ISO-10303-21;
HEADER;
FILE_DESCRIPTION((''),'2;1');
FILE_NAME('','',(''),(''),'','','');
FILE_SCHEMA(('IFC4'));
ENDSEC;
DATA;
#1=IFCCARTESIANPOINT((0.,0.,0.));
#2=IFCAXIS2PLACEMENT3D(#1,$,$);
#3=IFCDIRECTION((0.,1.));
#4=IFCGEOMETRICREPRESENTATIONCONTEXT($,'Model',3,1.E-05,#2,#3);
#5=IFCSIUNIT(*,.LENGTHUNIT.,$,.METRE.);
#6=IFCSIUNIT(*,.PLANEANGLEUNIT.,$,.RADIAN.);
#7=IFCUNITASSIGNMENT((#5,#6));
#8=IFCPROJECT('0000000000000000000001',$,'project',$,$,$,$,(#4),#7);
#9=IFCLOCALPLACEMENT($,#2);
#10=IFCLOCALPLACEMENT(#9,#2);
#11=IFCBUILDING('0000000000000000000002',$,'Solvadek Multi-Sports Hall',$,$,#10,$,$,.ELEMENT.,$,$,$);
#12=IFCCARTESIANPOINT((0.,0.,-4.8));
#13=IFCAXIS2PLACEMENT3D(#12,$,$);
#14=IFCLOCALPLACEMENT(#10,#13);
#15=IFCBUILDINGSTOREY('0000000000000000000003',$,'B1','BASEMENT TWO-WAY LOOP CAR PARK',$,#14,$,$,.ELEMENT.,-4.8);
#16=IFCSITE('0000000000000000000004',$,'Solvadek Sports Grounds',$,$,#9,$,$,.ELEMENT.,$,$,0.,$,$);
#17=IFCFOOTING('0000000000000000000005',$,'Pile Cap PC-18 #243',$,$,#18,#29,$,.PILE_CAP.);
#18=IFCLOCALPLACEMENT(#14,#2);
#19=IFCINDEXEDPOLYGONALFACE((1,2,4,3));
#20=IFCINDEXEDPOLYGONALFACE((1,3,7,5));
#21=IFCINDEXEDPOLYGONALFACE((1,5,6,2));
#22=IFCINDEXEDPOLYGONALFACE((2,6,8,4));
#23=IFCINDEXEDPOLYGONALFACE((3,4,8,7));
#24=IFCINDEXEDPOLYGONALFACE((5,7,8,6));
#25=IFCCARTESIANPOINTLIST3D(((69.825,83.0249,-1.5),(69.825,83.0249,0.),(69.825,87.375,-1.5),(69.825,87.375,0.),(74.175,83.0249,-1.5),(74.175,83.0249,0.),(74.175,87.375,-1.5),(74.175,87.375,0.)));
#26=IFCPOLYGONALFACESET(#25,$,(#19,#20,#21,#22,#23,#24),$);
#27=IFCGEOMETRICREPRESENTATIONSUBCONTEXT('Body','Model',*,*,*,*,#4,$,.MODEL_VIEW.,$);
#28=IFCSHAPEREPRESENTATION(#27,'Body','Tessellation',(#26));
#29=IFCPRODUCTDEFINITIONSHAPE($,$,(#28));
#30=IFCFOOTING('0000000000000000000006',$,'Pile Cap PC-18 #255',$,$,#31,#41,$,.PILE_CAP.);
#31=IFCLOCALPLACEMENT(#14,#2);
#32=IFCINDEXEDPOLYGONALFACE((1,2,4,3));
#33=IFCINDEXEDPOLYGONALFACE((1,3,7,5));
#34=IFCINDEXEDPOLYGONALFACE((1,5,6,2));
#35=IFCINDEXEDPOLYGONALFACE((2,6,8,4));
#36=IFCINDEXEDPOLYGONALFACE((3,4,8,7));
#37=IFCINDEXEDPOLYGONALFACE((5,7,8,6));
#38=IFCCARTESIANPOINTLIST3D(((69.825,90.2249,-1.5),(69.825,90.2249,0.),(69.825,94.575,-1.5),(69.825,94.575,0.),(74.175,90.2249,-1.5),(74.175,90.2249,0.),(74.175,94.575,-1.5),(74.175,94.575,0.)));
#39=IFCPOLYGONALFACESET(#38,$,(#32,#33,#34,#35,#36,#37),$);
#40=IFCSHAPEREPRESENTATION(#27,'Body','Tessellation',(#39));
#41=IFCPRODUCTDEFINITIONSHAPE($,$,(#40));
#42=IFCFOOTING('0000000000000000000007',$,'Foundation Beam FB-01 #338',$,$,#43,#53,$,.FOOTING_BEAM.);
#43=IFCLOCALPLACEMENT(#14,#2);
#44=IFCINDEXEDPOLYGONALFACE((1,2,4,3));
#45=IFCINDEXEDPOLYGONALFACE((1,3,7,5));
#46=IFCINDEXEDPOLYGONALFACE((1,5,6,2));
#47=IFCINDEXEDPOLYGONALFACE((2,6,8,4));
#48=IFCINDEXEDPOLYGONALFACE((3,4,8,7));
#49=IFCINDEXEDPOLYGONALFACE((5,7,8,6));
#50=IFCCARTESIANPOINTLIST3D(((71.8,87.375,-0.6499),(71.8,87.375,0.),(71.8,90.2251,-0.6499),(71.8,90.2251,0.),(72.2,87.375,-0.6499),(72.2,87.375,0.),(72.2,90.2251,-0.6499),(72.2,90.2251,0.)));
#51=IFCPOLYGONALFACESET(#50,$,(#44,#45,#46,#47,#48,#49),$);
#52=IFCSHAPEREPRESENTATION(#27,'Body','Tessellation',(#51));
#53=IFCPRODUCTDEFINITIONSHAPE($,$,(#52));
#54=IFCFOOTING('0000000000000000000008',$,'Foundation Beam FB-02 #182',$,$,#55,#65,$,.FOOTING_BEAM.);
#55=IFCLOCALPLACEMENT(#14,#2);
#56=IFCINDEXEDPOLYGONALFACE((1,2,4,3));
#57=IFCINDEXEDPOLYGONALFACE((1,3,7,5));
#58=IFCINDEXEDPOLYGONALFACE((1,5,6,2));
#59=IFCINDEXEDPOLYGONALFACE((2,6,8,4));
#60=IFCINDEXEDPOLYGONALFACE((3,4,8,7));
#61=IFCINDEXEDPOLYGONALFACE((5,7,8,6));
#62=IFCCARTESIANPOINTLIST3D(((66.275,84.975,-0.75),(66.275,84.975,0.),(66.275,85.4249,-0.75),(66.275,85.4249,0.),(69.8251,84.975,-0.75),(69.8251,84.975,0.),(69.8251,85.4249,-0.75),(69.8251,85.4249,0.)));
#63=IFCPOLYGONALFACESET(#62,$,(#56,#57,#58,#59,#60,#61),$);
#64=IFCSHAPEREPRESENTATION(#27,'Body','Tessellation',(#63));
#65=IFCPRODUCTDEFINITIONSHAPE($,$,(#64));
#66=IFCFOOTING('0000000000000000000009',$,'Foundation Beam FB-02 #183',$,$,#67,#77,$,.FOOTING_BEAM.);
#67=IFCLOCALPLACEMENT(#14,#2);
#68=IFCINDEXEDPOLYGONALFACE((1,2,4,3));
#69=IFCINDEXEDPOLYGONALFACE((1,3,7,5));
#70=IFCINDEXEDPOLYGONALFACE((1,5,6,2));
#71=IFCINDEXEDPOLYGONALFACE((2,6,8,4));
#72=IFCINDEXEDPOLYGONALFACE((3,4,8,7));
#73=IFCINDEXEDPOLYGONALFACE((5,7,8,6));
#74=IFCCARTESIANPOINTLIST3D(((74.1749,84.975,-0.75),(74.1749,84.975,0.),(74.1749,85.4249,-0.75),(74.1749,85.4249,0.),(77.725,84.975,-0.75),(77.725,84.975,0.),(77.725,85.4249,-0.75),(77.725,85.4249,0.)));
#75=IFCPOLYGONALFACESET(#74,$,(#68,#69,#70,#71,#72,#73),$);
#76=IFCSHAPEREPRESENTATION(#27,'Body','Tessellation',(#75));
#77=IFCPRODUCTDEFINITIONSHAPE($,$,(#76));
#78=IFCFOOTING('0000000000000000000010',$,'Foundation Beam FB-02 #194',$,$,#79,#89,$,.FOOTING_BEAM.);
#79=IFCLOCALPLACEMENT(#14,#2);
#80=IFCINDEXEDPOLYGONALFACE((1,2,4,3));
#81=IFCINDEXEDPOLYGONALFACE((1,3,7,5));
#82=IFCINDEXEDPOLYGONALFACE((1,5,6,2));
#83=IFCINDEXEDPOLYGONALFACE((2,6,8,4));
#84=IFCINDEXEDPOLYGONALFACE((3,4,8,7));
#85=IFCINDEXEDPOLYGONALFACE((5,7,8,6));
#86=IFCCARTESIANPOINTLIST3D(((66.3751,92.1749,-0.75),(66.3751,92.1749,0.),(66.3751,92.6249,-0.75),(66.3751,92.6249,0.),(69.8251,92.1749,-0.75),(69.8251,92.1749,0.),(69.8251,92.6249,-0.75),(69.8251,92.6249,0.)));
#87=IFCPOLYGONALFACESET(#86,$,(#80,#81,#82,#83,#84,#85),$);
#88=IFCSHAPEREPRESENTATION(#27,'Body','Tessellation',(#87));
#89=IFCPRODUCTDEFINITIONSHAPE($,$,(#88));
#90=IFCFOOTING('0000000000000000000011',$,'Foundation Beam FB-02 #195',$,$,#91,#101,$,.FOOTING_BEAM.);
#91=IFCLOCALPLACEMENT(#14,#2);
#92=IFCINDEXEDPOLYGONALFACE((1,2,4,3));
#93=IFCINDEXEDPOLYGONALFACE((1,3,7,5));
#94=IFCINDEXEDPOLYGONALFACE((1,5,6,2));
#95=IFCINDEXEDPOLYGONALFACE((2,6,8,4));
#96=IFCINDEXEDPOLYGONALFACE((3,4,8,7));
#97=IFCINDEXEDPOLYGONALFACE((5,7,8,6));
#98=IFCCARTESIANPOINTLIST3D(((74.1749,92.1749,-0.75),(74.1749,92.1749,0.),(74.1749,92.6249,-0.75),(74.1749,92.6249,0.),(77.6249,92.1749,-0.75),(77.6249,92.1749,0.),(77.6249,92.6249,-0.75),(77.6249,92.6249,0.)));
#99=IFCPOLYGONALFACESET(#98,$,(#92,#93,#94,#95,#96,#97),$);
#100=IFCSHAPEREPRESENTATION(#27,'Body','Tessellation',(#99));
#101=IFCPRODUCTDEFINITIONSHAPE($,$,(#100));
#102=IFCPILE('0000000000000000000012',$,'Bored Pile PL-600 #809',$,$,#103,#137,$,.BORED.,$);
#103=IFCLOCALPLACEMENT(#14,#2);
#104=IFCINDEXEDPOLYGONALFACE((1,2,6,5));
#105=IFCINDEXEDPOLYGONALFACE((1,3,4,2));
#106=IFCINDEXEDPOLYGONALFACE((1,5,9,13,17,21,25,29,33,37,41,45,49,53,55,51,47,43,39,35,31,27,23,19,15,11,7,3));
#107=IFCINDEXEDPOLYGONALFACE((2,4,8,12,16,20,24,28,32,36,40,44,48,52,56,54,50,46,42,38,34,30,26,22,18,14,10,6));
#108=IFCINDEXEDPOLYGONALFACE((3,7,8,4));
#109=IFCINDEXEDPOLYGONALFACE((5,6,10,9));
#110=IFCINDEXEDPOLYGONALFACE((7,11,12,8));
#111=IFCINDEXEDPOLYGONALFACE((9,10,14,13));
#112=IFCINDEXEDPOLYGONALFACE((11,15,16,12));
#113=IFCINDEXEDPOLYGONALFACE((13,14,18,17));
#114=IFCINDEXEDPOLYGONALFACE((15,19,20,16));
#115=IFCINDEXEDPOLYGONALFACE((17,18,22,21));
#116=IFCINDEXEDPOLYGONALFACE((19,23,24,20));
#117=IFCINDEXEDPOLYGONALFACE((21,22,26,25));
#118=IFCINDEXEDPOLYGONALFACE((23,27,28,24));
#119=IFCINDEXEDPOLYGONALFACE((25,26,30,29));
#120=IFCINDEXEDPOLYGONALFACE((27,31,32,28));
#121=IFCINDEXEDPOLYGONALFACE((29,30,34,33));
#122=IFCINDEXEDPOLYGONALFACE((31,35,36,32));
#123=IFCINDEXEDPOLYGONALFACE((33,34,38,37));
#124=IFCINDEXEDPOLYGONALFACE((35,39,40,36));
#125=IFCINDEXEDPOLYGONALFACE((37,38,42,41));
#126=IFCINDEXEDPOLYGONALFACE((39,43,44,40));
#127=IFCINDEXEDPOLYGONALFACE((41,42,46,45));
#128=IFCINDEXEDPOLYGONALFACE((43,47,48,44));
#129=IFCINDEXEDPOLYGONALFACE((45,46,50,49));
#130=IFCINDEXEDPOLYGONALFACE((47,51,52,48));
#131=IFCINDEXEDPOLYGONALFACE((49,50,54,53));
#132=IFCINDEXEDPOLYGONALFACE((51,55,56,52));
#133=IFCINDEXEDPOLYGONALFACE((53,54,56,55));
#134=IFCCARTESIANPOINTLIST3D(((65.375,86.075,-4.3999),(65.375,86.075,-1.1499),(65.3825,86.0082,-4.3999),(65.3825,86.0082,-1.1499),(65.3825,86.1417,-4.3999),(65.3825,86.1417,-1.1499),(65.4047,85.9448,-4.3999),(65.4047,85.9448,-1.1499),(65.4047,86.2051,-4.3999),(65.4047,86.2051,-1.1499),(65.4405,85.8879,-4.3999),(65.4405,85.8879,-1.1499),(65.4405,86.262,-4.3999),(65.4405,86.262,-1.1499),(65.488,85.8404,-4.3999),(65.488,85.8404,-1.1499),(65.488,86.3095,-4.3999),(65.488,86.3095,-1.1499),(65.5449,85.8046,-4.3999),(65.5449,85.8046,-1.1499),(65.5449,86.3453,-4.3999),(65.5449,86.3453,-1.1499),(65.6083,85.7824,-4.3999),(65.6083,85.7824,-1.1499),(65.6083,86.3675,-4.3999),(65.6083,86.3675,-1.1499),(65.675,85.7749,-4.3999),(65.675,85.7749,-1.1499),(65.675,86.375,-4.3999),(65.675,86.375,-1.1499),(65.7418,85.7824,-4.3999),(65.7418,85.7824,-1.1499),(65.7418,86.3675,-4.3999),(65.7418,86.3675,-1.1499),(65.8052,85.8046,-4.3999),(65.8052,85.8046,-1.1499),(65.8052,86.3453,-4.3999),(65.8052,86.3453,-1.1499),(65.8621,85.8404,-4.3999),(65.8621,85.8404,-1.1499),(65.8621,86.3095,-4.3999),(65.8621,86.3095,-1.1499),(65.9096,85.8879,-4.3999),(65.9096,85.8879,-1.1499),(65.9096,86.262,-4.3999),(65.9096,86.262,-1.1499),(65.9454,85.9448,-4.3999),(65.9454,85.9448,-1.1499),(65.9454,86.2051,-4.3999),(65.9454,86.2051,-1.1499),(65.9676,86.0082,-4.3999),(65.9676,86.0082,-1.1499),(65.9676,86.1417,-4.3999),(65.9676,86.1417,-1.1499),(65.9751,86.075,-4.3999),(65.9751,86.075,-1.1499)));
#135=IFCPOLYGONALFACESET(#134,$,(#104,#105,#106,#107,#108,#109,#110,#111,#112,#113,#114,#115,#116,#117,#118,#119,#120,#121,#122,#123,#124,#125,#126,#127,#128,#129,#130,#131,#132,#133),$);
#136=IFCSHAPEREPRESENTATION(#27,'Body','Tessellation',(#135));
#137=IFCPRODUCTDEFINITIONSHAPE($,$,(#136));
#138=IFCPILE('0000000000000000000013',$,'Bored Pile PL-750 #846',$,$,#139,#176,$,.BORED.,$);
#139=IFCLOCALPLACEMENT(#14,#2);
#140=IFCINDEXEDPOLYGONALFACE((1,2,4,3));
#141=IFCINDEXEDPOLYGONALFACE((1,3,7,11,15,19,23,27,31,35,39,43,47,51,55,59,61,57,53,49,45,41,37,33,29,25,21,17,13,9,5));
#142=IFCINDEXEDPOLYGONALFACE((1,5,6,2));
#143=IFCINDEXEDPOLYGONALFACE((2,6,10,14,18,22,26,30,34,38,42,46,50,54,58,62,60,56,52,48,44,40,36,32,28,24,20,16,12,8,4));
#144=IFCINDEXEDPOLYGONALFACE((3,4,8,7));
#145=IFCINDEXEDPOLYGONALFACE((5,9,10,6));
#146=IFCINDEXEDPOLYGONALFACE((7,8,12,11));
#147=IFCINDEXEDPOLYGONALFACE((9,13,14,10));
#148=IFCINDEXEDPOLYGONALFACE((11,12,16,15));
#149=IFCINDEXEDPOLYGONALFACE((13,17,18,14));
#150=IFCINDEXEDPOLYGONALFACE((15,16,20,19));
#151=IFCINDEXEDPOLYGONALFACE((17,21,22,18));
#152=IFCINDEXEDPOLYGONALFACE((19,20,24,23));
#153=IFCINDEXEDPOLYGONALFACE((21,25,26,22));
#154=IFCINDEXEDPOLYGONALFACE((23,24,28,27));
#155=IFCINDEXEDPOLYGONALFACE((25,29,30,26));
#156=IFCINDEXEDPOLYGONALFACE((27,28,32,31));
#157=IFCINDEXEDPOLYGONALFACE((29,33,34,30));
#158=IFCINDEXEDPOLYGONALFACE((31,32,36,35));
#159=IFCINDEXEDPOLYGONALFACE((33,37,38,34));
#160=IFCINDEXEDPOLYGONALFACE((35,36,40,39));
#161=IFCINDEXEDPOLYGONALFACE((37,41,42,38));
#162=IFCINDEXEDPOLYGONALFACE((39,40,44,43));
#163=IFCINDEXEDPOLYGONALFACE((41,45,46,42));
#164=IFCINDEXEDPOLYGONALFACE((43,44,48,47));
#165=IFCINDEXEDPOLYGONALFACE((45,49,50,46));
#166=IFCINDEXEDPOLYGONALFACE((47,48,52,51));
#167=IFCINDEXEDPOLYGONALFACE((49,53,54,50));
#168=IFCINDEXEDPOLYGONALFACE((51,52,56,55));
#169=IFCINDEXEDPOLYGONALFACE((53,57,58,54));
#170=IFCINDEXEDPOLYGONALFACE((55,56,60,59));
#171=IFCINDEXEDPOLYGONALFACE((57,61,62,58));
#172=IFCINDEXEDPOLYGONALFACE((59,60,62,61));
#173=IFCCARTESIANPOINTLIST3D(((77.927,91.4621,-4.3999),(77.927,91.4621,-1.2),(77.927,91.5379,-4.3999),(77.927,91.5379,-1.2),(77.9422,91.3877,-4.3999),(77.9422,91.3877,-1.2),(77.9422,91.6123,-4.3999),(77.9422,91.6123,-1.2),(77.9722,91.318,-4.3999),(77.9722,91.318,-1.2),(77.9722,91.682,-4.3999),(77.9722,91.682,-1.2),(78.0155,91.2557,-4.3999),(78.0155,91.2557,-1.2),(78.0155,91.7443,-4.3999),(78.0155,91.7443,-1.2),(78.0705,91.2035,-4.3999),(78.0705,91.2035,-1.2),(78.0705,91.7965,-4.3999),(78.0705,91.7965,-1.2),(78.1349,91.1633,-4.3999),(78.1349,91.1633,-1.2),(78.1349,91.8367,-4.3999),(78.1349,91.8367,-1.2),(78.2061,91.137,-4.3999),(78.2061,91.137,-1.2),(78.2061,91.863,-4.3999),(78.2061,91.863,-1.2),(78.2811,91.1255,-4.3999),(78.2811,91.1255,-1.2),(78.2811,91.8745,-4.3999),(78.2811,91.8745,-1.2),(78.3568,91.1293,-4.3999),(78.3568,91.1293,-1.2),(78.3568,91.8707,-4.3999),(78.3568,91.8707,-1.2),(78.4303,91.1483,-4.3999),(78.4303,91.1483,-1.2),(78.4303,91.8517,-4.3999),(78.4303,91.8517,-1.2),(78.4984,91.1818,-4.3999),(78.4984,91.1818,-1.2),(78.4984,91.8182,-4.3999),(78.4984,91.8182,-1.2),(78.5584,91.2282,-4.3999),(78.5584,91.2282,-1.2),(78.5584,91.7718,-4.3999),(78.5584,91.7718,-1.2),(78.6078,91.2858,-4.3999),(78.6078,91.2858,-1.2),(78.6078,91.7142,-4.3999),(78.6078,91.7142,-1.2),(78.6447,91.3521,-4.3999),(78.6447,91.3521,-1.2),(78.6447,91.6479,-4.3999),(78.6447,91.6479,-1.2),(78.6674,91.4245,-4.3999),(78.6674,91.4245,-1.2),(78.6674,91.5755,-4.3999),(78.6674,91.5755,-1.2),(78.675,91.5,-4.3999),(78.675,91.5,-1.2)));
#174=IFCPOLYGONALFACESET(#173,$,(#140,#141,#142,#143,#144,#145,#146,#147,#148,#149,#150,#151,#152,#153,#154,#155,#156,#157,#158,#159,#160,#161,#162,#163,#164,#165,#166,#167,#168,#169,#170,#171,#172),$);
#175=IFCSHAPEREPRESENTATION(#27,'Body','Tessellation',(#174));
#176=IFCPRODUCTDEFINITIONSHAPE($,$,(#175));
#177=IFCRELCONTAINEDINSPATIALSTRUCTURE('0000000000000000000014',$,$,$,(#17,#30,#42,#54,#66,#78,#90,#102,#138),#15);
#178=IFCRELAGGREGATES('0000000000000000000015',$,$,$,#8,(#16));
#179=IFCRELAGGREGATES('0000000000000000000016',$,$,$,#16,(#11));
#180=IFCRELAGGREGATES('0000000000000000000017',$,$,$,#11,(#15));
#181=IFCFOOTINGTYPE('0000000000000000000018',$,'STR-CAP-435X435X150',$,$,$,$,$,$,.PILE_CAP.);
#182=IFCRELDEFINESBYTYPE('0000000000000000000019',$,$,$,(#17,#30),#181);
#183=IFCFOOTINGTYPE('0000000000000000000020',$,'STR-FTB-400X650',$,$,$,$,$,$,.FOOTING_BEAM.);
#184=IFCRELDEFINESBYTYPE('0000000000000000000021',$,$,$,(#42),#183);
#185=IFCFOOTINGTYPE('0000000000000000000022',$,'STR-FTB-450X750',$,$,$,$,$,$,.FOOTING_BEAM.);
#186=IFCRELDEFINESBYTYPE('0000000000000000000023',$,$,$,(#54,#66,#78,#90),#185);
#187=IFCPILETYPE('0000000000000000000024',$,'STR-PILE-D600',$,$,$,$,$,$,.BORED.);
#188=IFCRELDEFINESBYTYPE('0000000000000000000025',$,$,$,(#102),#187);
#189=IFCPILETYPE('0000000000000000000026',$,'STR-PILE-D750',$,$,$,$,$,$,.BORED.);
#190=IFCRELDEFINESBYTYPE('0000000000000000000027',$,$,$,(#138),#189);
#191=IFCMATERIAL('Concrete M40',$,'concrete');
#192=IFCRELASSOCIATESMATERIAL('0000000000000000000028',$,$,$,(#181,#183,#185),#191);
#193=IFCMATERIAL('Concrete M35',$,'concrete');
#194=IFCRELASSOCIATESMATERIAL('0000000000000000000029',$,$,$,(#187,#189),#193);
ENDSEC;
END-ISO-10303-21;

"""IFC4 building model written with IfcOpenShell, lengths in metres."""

from ifc_helpers import new_model, si_unit, direction, frame, origin, origin_2d, place, context, subcontext, project, spatial, rectangle, circle, extrude, material, material_profile, profile_set, type_object, element, save


model = new_model("IFC4")

# Units and contexts
model_context = context("Model", 3, precision=1e-05, world=origin(), true_north=direction((0.0, 1.0)))
body_context = subcontext(model_context, "Body", "Model", "MODEL_VIEW")
ifc_project = project(units=[si_unit("LENGTHUNIT", "METRE"), si_unit("PLANEANGLEUNIT", "RADIAN")], contexts=[model_context])

# Site, building, storey
site_placement = place(None, origin())
site = spatial("IfcSite", under=ifc_project, at=site_placement, Name="Solvadek Sports Grounds", CompositionType="ELEMENT", RefElevation=0.0)
building_placement = place(site_placement, origin())
building = spatial("IfcBuilding", under=site, at=building_placement, Name="Solvadek Multi-Sports Hall", CompositionType="ELEMENT")
storey_placement = place(building_placement, frame((0.0, 0.0, -4.8)))
storey = spatial("IfcBuildingStorey", under=building, at=storey_placement, Name="B1", Description="BASEMENT TWO-WAY LOOP CAR PARK", CompositionType="ELEMENT", Elevation=-4.8)

# Footings
ifc_material_1 = material(Name="Concrete M40", Category="concrete")
footing_type_1 = type_object("IfcFootingType", Name="STR-CAP-435X435X150", PredefinedType="PILE_CAP", material=ifc_material_1)
for number, where, z_axis, x_axis, name in (
    (1, (72.0, 85.2, -1.5), (0.0, 0.0, 1.0), (1.0, 0.0, 0.0), "Pile Cap PC-18 #243"),
    (2, (72.0, 92.3999, -1.5), (0.0, 0.0, 1.0), (1.0, 0.0, 0.0), "Pile Cap PC-18 #255"),
):
    element("IfcFooting", number, at=place(storey_placement, frame(where, z_axis=z_axis, x_axis=x_axis)), inside=storey, type_object=footing_type_1, Name=name, PredefinedType="PILE_CAP", context=body_context, shape_type="SweptSolid", body=[
        extrude(rectangle(XDim=4.3501, YDim=4.3501, at=origin_2d()), origin(), (0.0, 0.0, 1.0), 1.5),
    ])
footing_type_2 = type_object("IfcFootingType", Name="STR-FTB-400X650", PredefinedType="FOOTING_BEAM", material=ifc_material_1)
footing_placement = place(storey_placement, frame((72.0, 88.8, -0.6499), z_axis=(0.0, 0.0, 1.0), x_axis=(0.0, 1.0, 0.0)))
element("IfcFooting", 3, at=footing_placement, inside=storey, type_object=footing_type_2, Name="Foundation Beam FB-01 #338", PredefinedType="FOOTING_BEAM", context=body_context, shape_type="SweptSolid", body=[
    extrude(rectangle(XDim=2.8501, YDim=0.3999, at=origin_2d()), origin(), (0.0, 0.0, 1.0), 0.6499),
])
footing_type_3 = type_object("IfcFootingType", Name="STR-FTB-450X750", PredefinedType="FOOTING_BEAM", material=ifc_material_1)
for number, where, z_axis, x_axis, name in (
    (4, (68.05, 85.2, -0.75), (0.0, 0.0, 1.0), (1.0, 0.0, 0.0), "Foundation Beam FB-02 #182"),
    (5, (75.95, 85.2, -0.75), (0.0, 0.0, 1.0), (1.0, 0.0, 0.0), "Foundation Beam FB-02 #183"),
):
    element("IfcFooting", number, at=place(storey_placement, frame(where, z_axis=z_axis, x_axis=x_axis)), inside=storey, type_object=footing_type_3, Name=name, PredefinedType="FOOTING_BEAM", context=body_context, shape_type="SweptSolid", body=[
        extrude(rectangle(XDim=3.55, YDim=0.45, at=origin_2d()), origin(), (0.0, 0.0, 1.0), 0.75),
    ])
for number, where, z_axis, x_axis, name in (
    (6, (68.1001, 92.3999, -0.75), (0.0, 0.0, 1.0), (1.0, 0.0, 0.0), "Foundation Beam FB-02 #194"),
    (7, (75.8999, 92.3999, -0.75), (0.0, 0.0, 1.0), (1.0, 0.0, 0.0), "Foundation Beam FB-02 #195"),
):
    element("IfcFooting", number, at=place(storey_placement, frame(where, z_axis=z_axis, x_axis=x_axis)), inside=storey, type_object=footing_type_3, Name=name, PredefinedType="FOOTING_BEAM", context=body_context, shape_type="SweptSolid", body=[
        extrude(rectangle(XDim=3.45, YDim=0.45, at=origin_2d()), origin(), (0.0, 0.0, 1.0), 0.75),
    ])

# Piles
ifc_material_2 = material(Name="Concrete M35", Category="concrete")
ifc_material_profile_1 = material_profile(ifc_material_2, circle(Radius=0.3, at=origin_2d()), Name="BORED PILE D600")
ifc_profile_set_1 = profile_set([ifc_material_profile_1], Name="Concrete M35")
pile_type_1 = type_object("IfcPileType", Name="STR-PILE-D600", PredefinedType="BORED", material=ifc_profile_set_1)
pile_1_placement = place(storey_placement, frame((65.675, 86.075, -1.1499), z_axis=(0.0, 0.0, -1.0), x_axis=(1.0, 0.0, 0.0)))
element("IfcPile", 8, at=pile_1_placement, inside=storey, type_object=pile_type_1, Name="Bored Pile PL-600 #809", PredefinedType="BORED", context=body_context, shape_type="SweptSolid", body=[
    extrude(circle(Radius=0.3, at=origin_2d()), origin(), (0.0, 0.0, 1.0), 3.25),
])
ifc_material_profile_2 = material_profile(ifc_material_2, circle(Radius=0.375, at=origin_2d()), Name="BORED PILE D750")
ifc_profile_set_2 = profile_set([ifc_material_profile_2], Name="Concrete M35")
pile_type_2 = type_object("IfcPileType", Name="STR-PILE-D750", PredefinedType="BORED", material=ifc_profile_set_2)
pile_2_placement = place(storey_placement, frame((78.3, 91.5, -1.2), z_axis=(0.0, 0.0, -1.0), x_axis=(1.0, 0.0, 0.0)))
element("IfcPile", 9, at=pile_2_placement, inside=storey, type_object=pile_type_2, Name="Bored Pile PL-750 #846", PredefinedType="BORED", context=body_context, shape_type="SweptSolid", body=[
    extrude(circle(Radius=0.375, at=origin_2d()), origin(), (0.0, 0.0, 1.0), 3.2),
])

save(model, "model.ifc")
